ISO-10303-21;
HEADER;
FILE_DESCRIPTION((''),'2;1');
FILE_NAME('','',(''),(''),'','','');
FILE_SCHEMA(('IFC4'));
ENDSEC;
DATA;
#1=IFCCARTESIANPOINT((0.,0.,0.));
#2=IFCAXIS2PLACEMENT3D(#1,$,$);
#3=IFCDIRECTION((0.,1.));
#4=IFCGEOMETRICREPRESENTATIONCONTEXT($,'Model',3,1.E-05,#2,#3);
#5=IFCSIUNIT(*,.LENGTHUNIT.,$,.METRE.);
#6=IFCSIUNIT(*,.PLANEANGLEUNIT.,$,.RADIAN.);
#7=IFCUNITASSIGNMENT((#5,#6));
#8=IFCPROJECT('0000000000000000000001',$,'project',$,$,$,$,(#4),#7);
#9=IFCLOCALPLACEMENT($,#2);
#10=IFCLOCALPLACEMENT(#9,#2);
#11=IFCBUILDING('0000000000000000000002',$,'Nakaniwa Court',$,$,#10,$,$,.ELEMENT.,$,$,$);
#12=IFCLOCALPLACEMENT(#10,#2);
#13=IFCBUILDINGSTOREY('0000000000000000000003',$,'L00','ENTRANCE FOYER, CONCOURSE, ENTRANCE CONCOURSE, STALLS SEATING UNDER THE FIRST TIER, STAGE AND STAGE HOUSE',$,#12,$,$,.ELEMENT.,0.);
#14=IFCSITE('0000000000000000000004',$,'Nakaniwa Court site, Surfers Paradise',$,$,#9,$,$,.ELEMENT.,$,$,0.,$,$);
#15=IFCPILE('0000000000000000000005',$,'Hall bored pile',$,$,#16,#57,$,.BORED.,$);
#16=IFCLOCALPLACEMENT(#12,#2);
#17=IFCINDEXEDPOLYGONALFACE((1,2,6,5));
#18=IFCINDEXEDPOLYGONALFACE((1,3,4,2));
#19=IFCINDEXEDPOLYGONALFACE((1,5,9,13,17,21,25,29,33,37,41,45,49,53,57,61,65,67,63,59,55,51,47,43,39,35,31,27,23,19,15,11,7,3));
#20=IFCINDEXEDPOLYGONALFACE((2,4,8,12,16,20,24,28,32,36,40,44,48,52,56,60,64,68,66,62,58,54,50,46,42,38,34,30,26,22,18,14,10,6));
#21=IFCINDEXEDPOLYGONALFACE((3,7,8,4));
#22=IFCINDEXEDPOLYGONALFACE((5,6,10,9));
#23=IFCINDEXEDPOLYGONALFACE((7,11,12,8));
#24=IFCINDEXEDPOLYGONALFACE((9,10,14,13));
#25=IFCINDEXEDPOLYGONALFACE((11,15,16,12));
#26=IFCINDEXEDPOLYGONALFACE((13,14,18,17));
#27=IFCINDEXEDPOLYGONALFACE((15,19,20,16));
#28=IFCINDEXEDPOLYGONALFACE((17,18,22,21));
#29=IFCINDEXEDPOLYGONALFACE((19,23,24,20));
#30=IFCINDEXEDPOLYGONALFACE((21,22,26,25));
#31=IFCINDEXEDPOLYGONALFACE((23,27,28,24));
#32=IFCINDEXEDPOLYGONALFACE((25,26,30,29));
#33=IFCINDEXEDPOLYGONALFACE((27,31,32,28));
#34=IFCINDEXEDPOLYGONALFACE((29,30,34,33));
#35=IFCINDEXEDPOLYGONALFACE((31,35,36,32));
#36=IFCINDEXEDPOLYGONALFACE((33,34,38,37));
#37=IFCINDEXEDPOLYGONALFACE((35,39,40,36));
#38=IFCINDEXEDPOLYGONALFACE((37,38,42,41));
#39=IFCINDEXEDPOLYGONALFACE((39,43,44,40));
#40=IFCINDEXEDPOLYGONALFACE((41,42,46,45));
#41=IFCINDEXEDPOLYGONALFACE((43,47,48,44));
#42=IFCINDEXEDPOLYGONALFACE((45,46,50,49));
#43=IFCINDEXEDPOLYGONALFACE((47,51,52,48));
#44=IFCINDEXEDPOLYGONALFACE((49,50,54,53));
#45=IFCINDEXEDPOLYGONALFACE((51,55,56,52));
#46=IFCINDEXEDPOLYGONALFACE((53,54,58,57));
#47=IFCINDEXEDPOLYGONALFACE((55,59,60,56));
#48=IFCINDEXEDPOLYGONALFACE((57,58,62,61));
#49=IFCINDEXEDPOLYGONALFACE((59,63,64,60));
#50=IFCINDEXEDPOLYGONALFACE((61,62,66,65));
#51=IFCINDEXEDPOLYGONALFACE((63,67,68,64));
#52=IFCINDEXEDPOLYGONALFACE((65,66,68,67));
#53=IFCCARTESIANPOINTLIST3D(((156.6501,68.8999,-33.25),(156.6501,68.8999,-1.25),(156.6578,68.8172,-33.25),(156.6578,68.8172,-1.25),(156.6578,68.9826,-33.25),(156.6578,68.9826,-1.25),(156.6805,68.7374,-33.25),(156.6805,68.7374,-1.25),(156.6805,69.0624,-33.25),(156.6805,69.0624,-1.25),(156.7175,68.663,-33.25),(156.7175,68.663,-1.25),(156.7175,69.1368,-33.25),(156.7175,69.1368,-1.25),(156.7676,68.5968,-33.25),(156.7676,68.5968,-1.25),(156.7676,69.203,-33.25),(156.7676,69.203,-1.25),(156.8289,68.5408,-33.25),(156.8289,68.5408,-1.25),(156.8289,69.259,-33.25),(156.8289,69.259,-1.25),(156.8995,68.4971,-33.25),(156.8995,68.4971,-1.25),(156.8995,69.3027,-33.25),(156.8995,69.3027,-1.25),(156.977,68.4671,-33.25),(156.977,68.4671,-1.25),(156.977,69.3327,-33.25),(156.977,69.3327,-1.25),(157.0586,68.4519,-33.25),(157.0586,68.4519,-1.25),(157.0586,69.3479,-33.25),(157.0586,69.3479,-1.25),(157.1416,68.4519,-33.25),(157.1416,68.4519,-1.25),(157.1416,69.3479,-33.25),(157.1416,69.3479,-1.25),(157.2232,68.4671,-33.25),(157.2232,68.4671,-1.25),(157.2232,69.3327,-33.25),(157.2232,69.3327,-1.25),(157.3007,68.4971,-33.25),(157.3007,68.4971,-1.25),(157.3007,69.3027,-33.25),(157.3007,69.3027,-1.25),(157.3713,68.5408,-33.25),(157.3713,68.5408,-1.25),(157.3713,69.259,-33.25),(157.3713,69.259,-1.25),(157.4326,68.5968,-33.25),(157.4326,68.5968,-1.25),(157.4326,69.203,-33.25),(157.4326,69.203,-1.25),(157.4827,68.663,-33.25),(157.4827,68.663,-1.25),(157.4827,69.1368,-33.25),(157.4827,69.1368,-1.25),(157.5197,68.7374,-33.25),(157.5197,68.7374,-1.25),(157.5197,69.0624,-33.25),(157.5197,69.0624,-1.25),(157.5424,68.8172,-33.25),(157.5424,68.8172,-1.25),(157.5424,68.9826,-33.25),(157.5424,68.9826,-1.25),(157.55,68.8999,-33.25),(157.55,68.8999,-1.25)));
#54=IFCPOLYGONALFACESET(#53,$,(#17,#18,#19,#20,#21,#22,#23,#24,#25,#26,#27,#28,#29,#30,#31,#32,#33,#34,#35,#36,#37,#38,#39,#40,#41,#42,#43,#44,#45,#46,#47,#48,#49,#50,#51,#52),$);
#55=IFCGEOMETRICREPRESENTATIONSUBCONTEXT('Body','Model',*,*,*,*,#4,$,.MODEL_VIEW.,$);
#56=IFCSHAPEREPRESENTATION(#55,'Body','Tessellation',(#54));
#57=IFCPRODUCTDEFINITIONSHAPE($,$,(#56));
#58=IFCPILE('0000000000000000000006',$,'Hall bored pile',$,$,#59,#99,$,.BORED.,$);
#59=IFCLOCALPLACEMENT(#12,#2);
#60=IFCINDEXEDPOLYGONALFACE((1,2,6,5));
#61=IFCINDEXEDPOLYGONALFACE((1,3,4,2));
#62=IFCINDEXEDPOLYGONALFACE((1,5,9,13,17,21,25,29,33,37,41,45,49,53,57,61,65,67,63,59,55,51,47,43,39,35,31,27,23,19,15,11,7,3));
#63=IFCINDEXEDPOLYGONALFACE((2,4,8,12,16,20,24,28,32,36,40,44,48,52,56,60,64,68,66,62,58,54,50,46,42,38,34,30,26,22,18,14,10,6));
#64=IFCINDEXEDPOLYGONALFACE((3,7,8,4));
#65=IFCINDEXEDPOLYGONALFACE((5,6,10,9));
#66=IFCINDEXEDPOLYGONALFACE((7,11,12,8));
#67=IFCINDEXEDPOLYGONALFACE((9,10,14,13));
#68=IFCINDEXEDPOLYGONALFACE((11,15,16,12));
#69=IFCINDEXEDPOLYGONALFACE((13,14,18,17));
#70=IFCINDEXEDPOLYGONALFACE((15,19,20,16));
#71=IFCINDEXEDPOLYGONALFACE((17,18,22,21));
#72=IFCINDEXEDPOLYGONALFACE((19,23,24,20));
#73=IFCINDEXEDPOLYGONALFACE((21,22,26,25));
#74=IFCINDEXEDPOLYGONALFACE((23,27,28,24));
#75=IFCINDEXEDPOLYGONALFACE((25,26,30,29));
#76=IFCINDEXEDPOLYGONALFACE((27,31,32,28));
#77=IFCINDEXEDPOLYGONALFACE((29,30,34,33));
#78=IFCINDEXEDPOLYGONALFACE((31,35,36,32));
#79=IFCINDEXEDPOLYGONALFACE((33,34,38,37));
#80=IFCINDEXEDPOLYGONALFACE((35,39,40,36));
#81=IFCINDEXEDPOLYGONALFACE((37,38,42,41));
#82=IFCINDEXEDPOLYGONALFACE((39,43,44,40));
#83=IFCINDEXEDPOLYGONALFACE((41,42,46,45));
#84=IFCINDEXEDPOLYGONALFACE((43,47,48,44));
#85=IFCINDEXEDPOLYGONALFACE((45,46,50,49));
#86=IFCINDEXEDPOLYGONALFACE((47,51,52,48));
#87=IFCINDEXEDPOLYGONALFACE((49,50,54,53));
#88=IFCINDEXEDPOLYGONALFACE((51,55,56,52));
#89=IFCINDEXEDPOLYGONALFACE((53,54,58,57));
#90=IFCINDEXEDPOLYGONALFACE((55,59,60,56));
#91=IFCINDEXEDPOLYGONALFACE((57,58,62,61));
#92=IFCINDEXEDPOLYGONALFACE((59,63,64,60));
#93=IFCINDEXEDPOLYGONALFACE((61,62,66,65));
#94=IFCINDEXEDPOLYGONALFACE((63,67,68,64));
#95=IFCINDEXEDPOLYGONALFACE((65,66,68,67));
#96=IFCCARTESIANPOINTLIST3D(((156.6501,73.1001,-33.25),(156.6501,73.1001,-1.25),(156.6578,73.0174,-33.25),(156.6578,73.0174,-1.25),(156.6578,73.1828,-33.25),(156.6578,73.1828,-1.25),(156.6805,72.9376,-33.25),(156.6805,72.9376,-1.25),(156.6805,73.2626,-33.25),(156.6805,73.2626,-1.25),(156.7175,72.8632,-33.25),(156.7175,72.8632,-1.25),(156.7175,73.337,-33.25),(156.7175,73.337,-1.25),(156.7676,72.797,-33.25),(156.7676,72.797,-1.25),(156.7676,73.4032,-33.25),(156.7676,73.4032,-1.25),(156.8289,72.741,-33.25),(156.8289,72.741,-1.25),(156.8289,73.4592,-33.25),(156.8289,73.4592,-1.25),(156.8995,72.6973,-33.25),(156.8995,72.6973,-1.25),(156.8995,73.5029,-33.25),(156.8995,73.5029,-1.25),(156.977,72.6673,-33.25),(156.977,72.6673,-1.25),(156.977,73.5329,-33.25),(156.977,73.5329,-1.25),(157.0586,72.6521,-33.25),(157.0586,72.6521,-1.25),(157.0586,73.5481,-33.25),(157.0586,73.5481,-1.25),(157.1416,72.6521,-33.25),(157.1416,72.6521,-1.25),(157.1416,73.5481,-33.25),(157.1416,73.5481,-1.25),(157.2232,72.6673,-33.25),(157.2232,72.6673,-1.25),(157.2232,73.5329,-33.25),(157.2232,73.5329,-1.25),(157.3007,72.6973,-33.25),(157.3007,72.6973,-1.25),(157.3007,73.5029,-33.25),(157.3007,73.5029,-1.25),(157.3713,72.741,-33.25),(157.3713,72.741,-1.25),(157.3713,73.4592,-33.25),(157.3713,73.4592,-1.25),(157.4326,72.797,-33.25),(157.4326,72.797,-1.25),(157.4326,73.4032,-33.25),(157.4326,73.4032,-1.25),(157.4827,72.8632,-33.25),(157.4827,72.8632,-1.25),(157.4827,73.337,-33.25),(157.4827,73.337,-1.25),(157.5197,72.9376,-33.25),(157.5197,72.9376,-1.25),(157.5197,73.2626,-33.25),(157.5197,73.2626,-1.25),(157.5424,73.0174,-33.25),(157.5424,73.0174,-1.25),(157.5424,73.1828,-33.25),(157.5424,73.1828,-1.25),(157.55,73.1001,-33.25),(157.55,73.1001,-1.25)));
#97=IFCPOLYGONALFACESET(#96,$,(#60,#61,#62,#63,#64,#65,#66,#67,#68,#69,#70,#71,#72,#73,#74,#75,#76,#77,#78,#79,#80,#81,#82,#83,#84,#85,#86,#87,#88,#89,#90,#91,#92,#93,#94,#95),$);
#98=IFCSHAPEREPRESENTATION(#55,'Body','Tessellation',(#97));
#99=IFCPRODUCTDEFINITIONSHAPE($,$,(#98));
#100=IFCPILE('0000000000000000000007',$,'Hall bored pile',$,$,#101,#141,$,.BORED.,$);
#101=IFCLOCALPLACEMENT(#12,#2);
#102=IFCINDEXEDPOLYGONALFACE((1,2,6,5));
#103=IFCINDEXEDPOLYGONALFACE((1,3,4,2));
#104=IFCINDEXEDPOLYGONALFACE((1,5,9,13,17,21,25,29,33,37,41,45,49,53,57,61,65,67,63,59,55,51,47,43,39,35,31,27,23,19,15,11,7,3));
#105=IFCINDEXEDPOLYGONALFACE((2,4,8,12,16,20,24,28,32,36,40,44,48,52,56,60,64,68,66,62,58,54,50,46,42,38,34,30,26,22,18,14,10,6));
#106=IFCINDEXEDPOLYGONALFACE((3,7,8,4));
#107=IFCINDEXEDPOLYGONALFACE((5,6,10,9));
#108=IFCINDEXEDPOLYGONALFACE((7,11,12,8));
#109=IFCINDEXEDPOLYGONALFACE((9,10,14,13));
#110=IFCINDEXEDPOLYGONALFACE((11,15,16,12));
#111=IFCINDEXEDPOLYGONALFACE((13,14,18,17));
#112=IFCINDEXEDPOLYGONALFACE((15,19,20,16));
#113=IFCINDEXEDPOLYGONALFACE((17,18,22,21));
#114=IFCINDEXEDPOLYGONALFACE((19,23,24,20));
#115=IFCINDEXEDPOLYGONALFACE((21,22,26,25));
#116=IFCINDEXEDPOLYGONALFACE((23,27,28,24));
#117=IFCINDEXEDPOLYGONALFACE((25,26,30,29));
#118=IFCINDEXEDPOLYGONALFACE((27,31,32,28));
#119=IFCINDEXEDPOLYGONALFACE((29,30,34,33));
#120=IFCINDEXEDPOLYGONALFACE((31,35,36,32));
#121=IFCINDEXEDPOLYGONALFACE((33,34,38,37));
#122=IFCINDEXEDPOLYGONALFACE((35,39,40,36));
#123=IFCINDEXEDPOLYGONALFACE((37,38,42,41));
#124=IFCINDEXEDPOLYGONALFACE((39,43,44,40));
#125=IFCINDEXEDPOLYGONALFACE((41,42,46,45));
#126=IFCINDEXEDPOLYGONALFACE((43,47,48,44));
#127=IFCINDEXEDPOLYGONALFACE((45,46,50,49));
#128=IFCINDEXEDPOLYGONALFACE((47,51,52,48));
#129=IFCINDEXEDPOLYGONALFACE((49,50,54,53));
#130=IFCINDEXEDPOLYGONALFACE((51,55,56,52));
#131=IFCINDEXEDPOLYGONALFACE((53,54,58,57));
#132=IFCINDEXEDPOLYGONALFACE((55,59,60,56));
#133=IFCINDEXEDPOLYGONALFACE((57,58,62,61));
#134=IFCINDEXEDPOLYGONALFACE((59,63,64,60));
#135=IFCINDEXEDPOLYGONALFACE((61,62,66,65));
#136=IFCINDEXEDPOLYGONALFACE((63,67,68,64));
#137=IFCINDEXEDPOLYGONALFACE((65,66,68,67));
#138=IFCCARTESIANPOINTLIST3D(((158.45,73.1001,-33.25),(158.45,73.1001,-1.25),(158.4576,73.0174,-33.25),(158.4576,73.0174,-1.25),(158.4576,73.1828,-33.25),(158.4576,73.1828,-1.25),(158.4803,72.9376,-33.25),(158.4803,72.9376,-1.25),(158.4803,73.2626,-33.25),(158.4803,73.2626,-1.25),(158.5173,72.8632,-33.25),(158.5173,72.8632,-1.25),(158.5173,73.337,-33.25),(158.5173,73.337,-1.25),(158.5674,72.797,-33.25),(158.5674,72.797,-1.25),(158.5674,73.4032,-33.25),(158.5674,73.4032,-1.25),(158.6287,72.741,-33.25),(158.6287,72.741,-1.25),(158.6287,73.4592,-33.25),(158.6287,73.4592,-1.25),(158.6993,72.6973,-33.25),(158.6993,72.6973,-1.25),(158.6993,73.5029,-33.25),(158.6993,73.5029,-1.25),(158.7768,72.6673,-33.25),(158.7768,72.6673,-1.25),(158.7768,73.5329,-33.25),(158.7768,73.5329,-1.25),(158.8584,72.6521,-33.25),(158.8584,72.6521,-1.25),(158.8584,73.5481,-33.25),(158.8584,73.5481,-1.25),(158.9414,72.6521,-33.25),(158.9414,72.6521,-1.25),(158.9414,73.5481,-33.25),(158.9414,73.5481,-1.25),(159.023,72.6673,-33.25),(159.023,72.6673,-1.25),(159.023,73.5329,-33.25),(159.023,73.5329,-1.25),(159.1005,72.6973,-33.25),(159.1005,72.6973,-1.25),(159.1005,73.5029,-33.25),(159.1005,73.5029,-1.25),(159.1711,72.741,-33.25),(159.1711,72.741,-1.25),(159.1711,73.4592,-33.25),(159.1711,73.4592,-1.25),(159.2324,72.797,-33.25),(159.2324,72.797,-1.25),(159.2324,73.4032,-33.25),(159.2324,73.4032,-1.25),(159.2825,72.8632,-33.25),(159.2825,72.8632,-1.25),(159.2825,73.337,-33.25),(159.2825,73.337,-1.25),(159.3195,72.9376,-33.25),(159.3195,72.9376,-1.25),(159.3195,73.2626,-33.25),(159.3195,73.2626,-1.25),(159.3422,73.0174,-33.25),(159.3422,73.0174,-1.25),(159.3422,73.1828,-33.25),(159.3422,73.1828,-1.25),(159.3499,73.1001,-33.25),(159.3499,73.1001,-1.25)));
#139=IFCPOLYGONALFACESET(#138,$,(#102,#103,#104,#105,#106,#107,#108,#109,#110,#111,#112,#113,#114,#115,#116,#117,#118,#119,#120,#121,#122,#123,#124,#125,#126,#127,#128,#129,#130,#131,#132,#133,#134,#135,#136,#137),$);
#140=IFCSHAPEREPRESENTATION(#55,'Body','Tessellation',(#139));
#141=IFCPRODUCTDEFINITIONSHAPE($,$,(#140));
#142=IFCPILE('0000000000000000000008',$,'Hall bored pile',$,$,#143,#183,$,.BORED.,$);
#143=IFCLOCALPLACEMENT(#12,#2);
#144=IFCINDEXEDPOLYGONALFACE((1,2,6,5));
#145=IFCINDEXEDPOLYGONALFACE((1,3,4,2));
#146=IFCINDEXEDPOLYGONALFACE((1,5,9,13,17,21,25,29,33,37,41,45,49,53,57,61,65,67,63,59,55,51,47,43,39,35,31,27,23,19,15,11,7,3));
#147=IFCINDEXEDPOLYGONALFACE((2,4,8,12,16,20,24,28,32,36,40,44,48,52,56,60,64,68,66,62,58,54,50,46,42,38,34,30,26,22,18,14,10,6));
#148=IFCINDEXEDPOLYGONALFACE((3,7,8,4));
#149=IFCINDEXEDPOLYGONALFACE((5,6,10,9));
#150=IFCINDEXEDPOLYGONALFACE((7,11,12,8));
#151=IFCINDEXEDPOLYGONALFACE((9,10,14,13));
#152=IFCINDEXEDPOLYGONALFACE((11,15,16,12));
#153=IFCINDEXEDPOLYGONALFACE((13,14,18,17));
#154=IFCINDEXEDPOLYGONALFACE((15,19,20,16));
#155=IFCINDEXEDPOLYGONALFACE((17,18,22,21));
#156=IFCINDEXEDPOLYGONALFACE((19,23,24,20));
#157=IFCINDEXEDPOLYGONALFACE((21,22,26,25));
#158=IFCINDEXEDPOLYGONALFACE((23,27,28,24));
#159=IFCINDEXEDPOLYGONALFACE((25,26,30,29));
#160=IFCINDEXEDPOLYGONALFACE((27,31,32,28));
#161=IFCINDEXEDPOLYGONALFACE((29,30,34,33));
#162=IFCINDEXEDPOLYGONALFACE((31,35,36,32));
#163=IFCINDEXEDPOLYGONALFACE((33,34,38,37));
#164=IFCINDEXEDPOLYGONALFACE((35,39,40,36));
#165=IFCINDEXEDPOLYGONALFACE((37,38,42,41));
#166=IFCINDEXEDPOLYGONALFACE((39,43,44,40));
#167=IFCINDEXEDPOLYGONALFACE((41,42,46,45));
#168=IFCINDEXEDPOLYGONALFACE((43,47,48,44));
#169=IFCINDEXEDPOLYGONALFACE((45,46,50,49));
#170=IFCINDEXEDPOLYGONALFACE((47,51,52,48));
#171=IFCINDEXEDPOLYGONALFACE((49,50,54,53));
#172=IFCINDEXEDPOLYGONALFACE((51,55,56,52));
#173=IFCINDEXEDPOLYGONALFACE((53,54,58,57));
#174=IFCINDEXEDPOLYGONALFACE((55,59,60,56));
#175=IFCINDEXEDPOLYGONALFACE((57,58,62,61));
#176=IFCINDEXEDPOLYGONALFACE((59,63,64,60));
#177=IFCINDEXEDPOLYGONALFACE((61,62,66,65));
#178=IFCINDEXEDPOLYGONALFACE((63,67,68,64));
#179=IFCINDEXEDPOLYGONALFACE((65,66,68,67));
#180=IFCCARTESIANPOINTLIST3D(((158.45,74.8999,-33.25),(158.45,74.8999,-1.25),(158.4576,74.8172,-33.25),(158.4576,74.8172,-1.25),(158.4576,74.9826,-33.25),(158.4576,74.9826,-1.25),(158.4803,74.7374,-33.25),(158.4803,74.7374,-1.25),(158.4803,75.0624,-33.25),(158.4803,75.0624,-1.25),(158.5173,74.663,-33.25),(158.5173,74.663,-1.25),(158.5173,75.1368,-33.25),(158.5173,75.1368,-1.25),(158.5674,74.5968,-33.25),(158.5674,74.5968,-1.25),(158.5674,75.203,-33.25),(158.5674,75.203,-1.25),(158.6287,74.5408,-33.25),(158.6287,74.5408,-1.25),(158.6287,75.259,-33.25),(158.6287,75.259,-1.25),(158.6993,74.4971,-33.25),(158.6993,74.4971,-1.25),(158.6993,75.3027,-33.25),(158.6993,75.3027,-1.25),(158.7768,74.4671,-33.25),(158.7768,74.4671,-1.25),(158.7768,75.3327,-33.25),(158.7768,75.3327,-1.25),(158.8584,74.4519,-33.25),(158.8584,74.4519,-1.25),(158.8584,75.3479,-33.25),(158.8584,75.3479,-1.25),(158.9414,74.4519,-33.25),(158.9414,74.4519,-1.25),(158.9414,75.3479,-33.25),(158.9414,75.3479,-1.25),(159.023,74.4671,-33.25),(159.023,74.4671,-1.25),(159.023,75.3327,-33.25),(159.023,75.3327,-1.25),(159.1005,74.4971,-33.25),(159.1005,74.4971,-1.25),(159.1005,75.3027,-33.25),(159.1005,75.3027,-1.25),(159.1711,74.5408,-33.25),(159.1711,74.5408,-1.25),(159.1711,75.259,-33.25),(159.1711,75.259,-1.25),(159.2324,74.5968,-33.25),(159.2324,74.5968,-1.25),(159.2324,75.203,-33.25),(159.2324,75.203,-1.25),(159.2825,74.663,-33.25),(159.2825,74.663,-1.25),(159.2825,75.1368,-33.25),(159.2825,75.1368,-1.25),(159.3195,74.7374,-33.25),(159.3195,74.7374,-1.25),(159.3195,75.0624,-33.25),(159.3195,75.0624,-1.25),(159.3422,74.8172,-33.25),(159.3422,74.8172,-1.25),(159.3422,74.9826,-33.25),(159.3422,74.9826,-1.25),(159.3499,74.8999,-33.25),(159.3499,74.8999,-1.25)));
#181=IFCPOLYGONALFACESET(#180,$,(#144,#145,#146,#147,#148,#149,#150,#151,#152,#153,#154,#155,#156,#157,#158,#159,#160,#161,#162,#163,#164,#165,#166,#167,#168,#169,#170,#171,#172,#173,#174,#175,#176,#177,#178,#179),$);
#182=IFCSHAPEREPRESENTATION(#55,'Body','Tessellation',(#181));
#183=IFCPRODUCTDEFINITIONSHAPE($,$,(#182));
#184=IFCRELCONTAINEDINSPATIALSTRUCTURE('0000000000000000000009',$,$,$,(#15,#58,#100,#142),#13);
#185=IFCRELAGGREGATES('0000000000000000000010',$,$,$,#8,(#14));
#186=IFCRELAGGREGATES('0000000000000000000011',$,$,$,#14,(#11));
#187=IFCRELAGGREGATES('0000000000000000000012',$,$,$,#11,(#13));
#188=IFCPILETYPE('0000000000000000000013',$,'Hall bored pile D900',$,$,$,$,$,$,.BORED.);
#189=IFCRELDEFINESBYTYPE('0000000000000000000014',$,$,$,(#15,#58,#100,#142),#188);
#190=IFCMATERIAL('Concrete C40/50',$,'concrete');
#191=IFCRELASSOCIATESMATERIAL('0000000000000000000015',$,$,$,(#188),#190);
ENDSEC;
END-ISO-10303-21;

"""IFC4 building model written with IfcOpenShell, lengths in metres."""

from ifc_helpers import new_model, si_unit, direction, frame, origin, origin_2d, place, context, subcontext, project, spatial, circle, extrude, material, material_profile, profile_set, type_object, element, save


model = new_model("IFC4")

# Units and contexts
model_context = context("Model", 3, precision=1e-05, world=origin(), true_north=direction((0.0, 1.0)))
body_context = subcontext(model_context, "Body", "Model", "MODEL_VIEW")
ifc_project = project(units=[si_unit("LENGTHUNIT", "METRE"), si_unit("PLANEANGLEUNIT", "RADIAN")], contexts=[model_context])

# Site, building, storey
site_placement = place(None, origin())
site = spatial("IfcSite", under=ifc_project, at=site_placement, Name="Nakaniwa Court site, Surfers Paradise", CompositionType="ELEMENT", RefElevation=0.0)
building_placement = place(site_placement, origin())
building = spatial("IfcBuilding", under=site, at=building_placement, Name="Nakaniwa Court", CompositionType="ELEMENT")
storey_placement = place(building_placement, origin())
storey = spatial("IfcBuildingStorey", under=building, at=storey_placement, Name="L00", Description="ENTRANCE FOYER, CONCOURSE, ENTRANCE CONCOURSE, STALLS SEATING UNDER THE FIRST TIER, STAGE AND STAGE HOUSE", CompositionType="ELEMENT", Elevation=0.0)

# Piles
ifc_material_1 = material(Name="Concrete C40/50", Category="concrete")
ifc_material_profile_1 = material_profile(ifc_material_1, circle(Radius=0.45, at=origin_2d()), Name="Bored pile D900")
ifc_profile_set_1 = profile_set([ifc_material_profile_1], Name="Concrete C40/50")
pile_type = type_object("IfcPileType", Name="Hall bored pile D900", PredefinedType="BORED", material=ifc_profile_set_1)
for number, where, z_axis, x_axis, name in (
    (1, (157.1001, 68.8999, -1.25), (0.0, 0.0, -1.0), (1.0, 0.0, 0.0), "Hall bored pile"),
    (2, (157.1001, 73.1001, -1.25), (0.0, 0.0, -1.0), (1.0, 0.0, 0.0), "Hall bored pile"),
    (3, (158.8999, 73.1001, -1.25), (0.0, 0.0, -1.0), (1.0, 0.0, 0.0), "Hall bored pile"),
    (4, (158.8999, 74.8999, -1.25), (0.0, 0.0, -1.0), (1.0, 0.0, 0.0), "Hall bored pile"),
):
    element("IfcPile", number, at=place(storey_placement, frame(where, z_axis=z_axis, x_axis=x_axis)), inside=storey, type_object=pile_type, Name=name, PredefinedType="BORED", context=body_context, shape_type="SweptSolid", body=[
        extrude(circle(Radius=0.45, at=origin_2d()), origin(), (0.0, 0.0, 1.0), 32.0),
    ])

save(model, "model.ifc")
